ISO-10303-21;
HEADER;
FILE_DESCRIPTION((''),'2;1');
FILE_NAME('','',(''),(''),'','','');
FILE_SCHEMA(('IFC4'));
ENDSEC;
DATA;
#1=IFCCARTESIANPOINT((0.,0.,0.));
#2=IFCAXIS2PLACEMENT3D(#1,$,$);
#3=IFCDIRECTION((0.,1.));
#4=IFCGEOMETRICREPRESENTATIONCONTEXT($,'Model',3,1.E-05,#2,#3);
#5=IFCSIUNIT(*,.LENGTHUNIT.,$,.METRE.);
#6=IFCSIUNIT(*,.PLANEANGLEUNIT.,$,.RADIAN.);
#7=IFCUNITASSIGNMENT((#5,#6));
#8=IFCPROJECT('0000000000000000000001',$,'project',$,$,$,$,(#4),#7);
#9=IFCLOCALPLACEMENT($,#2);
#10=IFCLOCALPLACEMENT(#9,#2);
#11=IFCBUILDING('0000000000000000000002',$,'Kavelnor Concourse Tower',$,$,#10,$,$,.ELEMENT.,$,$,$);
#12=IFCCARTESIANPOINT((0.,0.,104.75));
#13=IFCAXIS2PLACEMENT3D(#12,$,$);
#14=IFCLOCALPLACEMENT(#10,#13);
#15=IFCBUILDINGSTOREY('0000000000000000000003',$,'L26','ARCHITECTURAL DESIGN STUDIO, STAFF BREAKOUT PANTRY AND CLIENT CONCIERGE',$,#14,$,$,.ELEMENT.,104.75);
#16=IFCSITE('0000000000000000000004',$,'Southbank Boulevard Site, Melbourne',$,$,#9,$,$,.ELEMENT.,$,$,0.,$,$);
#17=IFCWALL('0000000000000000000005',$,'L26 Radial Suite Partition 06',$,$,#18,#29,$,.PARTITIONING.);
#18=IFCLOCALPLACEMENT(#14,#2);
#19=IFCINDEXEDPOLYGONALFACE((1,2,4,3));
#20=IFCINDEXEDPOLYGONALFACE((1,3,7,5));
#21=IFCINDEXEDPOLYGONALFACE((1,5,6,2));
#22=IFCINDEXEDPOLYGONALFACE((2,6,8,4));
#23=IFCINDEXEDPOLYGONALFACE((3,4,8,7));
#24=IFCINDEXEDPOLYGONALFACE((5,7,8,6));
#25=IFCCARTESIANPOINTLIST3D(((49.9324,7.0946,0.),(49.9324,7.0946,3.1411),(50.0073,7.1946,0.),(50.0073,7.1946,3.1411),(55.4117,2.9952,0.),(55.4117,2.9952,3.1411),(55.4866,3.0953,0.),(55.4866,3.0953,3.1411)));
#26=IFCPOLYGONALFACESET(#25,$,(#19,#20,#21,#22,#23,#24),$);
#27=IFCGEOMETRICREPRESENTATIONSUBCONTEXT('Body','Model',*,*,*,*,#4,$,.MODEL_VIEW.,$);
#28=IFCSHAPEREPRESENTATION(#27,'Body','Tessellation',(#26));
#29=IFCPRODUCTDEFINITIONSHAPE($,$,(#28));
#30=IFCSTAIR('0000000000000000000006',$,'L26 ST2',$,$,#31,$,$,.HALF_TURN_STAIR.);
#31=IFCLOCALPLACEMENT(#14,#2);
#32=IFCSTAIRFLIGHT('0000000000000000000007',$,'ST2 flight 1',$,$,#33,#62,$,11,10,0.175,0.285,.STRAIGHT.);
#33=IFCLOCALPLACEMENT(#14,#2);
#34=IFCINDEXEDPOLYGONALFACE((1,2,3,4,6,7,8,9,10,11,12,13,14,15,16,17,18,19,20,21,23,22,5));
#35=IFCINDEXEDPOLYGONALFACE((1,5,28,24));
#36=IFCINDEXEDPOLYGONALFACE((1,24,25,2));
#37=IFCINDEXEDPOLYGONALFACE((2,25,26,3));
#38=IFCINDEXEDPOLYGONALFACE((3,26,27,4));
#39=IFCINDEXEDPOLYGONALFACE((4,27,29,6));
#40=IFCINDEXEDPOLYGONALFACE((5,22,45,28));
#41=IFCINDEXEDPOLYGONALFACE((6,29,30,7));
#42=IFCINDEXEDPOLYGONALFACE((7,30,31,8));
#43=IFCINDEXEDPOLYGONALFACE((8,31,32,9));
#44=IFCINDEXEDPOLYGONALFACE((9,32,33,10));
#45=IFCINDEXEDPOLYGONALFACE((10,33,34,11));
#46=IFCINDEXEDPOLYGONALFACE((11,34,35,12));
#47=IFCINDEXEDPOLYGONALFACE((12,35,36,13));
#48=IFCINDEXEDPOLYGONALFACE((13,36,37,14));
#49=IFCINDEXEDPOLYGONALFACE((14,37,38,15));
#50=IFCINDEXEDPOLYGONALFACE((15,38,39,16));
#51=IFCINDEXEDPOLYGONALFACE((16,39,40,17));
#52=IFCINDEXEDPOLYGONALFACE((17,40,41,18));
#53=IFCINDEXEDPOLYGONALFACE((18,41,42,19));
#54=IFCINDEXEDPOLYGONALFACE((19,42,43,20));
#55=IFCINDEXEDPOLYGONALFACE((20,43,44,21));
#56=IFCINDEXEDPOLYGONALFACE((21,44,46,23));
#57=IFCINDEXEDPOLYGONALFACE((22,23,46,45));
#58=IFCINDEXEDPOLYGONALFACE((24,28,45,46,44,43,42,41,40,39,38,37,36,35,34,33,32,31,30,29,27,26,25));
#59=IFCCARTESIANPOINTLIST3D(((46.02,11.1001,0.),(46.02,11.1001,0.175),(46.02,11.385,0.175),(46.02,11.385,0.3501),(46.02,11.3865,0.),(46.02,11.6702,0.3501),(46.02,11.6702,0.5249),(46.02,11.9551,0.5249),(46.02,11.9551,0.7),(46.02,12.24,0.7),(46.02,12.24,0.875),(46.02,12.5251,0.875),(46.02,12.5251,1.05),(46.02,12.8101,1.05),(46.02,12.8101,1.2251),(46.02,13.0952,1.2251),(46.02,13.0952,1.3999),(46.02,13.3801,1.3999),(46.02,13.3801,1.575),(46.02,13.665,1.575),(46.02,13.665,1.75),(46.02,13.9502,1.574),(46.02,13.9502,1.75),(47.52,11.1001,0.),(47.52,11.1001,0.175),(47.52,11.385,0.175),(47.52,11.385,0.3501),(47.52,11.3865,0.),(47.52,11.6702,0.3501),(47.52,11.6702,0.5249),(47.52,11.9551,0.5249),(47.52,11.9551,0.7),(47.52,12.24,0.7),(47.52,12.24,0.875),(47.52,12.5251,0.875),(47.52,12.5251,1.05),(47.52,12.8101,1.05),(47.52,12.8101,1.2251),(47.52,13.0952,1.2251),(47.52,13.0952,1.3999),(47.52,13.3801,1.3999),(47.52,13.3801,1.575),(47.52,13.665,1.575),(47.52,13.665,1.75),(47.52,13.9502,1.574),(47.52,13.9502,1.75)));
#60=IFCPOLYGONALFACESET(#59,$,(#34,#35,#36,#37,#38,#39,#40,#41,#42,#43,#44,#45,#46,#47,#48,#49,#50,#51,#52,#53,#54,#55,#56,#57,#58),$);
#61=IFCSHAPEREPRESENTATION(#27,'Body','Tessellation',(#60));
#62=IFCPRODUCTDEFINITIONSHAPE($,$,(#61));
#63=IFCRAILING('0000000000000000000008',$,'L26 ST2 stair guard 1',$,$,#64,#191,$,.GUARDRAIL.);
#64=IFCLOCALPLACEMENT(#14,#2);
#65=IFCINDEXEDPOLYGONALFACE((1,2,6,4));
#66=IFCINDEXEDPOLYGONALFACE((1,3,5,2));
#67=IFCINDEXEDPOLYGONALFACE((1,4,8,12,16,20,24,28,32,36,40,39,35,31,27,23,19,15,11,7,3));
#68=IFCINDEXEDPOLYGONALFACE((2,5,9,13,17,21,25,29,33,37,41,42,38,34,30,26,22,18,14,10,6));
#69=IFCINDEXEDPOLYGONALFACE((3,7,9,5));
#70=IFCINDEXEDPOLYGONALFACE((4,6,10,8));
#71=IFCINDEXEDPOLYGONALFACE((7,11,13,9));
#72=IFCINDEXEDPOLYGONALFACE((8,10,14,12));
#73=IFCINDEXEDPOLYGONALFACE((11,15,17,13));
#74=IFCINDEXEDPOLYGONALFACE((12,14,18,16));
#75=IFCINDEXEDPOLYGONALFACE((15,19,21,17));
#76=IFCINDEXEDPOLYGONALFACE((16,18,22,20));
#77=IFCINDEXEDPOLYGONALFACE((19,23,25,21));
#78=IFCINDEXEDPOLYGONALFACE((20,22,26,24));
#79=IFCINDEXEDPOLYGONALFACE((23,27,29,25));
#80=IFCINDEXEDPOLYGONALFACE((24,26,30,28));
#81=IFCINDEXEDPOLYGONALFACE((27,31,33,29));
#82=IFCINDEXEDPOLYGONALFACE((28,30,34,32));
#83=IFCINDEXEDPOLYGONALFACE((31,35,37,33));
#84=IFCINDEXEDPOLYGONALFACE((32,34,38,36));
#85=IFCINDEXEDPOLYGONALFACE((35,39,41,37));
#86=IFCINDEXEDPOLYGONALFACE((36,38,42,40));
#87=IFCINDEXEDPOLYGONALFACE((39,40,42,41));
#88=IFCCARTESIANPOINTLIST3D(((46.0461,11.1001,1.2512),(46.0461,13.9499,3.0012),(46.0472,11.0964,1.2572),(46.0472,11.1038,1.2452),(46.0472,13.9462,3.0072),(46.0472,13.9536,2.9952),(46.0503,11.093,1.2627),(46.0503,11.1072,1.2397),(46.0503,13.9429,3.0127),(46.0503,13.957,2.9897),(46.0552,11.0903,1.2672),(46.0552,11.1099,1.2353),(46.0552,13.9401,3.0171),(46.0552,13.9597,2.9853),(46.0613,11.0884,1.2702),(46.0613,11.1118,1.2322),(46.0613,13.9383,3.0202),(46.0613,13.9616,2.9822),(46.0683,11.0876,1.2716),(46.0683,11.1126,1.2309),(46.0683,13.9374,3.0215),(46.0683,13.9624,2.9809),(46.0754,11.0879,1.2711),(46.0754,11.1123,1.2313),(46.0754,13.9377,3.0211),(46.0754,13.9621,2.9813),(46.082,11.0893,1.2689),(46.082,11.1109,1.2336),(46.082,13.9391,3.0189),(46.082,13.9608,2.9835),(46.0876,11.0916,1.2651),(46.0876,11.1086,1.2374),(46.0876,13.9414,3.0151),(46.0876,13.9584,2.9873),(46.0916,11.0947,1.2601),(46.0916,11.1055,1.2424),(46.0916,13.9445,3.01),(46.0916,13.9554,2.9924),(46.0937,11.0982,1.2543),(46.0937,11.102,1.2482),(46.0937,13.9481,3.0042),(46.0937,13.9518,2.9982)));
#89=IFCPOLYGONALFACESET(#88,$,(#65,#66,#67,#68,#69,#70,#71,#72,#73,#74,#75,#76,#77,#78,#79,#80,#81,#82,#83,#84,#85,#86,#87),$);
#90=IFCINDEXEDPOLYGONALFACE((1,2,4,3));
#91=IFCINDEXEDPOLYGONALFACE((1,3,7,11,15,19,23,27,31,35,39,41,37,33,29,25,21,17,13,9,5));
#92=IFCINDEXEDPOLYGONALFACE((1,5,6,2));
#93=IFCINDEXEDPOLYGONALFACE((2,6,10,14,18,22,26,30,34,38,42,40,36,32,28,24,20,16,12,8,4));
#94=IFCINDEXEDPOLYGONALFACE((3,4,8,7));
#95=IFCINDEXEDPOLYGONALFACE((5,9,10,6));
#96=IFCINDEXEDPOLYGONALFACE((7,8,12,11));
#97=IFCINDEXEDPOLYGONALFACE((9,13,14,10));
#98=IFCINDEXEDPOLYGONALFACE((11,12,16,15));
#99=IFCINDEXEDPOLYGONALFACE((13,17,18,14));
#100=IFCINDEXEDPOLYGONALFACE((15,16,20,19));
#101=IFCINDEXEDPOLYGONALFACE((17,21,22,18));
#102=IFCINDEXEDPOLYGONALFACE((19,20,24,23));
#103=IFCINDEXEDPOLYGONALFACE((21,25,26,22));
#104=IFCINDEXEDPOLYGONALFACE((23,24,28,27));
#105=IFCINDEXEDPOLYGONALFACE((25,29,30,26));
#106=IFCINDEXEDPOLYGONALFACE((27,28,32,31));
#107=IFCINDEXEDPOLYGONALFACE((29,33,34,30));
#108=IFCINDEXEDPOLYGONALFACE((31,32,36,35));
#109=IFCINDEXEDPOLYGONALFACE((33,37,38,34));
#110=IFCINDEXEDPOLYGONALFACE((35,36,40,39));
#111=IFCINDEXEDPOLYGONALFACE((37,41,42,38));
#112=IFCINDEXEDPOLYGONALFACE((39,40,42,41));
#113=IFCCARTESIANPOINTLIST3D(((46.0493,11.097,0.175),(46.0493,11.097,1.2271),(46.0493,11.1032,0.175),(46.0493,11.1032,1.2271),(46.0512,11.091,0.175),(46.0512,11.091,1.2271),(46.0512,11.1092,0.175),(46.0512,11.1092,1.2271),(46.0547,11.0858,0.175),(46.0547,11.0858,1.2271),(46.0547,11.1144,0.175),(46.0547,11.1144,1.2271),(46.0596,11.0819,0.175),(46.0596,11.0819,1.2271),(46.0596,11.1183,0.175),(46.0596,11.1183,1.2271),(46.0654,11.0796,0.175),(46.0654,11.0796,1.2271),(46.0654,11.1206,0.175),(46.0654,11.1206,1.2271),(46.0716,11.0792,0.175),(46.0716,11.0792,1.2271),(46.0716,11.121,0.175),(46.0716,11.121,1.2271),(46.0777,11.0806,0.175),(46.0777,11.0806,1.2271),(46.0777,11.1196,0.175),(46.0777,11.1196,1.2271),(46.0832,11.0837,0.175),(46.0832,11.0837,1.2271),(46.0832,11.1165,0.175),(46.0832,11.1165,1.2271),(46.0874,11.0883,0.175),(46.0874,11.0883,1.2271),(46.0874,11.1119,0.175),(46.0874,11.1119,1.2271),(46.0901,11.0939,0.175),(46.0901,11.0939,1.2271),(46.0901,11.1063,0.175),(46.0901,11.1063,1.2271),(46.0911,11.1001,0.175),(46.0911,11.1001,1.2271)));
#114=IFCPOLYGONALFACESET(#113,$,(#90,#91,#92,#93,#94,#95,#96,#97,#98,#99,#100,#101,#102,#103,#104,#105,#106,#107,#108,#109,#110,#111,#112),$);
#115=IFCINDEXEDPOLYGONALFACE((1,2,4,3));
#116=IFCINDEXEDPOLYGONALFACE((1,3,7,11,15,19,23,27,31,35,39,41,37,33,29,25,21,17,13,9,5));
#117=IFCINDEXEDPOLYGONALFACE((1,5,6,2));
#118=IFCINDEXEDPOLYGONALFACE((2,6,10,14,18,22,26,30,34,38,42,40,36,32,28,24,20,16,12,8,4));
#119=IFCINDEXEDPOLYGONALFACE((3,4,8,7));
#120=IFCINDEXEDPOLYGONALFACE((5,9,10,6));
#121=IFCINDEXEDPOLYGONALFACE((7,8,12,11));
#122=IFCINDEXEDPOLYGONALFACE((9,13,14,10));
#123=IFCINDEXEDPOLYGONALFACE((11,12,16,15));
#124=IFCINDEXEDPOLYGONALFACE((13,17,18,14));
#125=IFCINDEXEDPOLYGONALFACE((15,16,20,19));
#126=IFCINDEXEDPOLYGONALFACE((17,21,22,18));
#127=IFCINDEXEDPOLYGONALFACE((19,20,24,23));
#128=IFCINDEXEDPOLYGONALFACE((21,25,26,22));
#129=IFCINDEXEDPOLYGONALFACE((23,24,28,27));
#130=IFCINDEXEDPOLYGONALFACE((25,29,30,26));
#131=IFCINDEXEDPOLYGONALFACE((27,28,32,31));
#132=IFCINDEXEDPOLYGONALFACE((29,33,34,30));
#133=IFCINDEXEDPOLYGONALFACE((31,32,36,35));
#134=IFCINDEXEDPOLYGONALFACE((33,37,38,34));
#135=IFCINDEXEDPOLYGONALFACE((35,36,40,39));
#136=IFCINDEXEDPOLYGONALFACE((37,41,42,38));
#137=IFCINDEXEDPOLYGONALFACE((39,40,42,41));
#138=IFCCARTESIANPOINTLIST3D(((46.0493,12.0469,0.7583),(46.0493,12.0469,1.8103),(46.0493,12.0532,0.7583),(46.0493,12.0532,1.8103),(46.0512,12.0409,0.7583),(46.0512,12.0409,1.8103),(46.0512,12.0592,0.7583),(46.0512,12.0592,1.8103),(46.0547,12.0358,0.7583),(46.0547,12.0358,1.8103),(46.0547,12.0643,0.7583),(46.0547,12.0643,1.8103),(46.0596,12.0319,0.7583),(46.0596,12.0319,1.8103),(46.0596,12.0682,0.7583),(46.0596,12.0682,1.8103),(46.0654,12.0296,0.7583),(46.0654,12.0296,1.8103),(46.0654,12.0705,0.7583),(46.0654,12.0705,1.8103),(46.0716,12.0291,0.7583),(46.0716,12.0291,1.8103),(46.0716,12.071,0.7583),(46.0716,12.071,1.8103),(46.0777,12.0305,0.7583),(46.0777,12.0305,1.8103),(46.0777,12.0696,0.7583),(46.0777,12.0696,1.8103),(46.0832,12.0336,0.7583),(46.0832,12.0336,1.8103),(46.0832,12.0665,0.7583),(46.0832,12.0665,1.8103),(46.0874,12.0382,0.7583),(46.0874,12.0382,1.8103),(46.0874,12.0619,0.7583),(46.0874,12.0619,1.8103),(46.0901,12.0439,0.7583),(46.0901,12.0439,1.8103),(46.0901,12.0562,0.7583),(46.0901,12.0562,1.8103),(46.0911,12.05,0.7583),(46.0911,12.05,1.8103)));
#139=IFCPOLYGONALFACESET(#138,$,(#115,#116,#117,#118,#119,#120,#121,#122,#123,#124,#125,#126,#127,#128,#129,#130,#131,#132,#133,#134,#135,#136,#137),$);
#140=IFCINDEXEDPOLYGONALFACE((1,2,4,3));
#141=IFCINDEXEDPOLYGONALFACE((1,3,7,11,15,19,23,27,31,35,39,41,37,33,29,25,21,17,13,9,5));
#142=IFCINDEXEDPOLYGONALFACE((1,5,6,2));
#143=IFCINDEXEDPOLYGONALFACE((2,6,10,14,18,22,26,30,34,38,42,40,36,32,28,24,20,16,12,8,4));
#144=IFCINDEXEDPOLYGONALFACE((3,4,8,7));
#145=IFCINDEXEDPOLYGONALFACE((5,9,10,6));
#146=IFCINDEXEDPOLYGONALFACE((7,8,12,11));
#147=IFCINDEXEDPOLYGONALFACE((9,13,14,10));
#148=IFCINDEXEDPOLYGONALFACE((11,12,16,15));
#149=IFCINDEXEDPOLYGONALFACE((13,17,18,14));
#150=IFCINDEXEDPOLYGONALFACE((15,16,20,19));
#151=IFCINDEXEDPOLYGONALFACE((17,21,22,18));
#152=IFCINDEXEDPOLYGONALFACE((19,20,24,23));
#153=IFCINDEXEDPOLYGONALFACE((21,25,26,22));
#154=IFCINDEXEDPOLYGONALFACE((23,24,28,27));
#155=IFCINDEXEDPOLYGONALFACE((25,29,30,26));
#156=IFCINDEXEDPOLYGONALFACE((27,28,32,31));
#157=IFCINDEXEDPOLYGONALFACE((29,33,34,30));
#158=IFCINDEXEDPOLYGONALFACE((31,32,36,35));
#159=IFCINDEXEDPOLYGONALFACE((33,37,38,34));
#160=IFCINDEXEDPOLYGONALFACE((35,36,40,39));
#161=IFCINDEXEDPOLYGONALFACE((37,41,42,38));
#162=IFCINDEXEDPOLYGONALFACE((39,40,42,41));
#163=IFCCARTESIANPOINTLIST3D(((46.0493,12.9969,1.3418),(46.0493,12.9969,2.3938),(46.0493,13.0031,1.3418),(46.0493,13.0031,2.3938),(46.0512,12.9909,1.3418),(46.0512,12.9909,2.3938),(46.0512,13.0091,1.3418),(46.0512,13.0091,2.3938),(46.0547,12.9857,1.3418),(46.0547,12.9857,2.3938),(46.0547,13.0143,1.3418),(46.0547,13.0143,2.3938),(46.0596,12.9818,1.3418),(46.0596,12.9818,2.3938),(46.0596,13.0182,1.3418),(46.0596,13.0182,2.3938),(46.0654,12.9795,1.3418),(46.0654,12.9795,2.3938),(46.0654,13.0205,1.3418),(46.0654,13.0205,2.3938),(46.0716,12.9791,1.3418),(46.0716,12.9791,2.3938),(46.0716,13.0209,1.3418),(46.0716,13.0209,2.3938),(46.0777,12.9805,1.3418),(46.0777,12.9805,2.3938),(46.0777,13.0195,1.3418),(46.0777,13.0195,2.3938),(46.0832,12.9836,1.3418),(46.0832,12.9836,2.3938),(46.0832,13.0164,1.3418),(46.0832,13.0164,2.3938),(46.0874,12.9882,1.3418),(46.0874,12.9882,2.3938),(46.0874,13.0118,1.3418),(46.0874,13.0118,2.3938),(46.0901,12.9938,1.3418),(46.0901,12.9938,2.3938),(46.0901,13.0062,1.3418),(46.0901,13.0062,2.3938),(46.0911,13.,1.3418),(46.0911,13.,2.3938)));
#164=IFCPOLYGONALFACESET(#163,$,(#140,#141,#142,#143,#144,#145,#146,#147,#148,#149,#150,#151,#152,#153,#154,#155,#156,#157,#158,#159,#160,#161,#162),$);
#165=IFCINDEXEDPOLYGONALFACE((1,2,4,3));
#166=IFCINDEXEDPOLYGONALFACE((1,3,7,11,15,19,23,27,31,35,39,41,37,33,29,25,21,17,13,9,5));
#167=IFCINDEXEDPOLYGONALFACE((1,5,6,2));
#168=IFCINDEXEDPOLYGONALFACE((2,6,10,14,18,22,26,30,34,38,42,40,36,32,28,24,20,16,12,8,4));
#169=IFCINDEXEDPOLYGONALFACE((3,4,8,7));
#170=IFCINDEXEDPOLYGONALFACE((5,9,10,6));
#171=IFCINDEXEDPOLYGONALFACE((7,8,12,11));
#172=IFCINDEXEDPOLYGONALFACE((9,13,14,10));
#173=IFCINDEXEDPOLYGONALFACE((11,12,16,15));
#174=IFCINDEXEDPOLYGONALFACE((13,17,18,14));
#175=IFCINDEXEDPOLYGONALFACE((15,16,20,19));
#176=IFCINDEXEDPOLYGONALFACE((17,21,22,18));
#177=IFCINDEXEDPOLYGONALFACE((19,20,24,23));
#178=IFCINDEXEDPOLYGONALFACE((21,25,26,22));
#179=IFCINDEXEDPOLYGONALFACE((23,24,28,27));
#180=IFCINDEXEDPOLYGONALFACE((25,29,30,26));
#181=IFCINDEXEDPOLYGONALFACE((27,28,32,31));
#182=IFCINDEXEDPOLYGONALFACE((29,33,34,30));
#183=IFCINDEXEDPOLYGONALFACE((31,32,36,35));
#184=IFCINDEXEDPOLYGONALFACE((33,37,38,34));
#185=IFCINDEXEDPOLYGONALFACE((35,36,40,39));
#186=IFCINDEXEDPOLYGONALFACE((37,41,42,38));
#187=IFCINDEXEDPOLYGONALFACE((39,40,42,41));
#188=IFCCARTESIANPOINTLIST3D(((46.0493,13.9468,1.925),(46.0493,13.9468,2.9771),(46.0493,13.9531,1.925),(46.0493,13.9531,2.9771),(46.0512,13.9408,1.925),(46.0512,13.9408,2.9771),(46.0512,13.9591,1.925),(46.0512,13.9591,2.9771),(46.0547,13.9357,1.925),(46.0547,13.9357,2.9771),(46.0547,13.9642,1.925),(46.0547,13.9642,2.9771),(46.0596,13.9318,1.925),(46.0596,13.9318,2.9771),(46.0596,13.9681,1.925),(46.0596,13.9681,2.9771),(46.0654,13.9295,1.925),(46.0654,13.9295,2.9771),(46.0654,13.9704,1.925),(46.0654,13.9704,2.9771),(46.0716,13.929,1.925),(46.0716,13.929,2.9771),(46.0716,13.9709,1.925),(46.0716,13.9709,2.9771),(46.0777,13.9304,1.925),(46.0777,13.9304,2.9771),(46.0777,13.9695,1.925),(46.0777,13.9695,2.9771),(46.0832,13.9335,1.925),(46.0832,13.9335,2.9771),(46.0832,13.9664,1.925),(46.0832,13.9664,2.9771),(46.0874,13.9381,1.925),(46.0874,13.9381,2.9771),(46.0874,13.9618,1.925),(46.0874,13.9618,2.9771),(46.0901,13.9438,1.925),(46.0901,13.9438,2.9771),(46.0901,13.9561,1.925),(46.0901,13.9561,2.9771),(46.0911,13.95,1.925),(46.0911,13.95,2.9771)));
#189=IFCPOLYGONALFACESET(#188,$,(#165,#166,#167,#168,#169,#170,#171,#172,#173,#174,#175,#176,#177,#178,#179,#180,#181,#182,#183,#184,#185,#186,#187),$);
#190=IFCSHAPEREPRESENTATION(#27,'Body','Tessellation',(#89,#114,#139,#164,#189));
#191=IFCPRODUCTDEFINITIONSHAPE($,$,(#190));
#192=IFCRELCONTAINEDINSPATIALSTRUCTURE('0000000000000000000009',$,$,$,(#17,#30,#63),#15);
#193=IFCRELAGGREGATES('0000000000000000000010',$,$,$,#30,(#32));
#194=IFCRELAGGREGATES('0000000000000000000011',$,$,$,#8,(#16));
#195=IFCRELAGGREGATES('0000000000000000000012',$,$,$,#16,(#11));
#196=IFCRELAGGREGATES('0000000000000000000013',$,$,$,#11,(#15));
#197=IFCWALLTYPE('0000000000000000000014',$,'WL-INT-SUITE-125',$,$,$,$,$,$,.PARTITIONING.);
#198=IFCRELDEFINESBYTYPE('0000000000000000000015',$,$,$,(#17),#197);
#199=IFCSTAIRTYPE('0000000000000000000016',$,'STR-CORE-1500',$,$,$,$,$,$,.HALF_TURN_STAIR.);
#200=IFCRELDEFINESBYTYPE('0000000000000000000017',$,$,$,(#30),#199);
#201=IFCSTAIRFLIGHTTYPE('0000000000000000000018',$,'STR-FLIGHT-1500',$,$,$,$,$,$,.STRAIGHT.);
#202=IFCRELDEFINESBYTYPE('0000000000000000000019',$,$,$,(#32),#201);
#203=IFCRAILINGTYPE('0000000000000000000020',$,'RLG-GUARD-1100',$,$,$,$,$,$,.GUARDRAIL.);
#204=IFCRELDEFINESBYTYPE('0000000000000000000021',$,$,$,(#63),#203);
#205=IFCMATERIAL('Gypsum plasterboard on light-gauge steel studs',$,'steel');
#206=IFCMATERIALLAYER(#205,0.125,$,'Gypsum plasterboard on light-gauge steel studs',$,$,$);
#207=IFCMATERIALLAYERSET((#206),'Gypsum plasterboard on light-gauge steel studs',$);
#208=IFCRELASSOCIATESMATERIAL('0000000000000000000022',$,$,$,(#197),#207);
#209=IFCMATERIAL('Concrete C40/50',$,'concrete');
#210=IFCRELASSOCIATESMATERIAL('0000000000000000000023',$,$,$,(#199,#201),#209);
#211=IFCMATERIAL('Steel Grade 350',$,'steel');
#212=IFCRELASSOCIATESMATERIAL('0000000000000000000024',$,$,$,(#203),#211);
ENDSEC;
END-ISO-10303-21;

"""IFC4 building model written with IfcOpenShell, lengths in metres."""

from ifc_helpers import new_model, si_unit, direction, frame, frame_2d, origin, origin_2d, place, context, subcontext, project, spatial, polyline, rectangle, circle, outline, extrude, material, layer, layer_set, type_object, element, aggregate, save


model = new_model("IFC4")

# Units and contexts
model_context = context("Model", 3, precision=1e-05, world=origin(), true_north=direction((0.0, 1.0)))
body_context = subcontext(model_context, "Body", "Model", "MODEL_VIEW")
ifc_project = project(units=[si_unit("LENGTHUNIT", "METRE"), si_unit("PLANEANGLEUNIT", "RADIAN")], contexts=[model_context])

# Site, building, storey
site_placement = place(None, origin())
site = spatial("IfcSite", under=ifc_project, at=site_placement, Name="Southbank Boulevard Site, Melbourne", CompositionType="ELEMENT", RefElevation=0.0)
building_placement = place(site_placement, origin())
building = spatial("IfcBuilding", under=site, at=building_placement, Name="Kavelnor Concourse Tower", CompositionType="ELEMENT")
storey_placement = place(building_placement, frame((0.0, 0.0, 104.75)))
storey = spatial("IfcBuildingStorey", under=building, at=storey_placement, Name="L26", Description="ARCHITECTURAL DESIGN STUDIO, STAFF BREAKOUT PANTRY AND CLIENT CONCIERGE", CompositionType="ELEMENT", Elevation=104.75)

# Shared definitions
ifc_material_1 = material(Name="Steel Grade 350", Category="steel")

# Shared definitions
ifc_material_2 = material(Name="Gypsum plasterboard on light-gauge steel studs", Category="steel")

# Wall
ifc_layer_1 = layer(ifc_material_2, 0.125, Name="Gypsum plasterboard on light-gauge steel studs")
ifc_layer_set_1 = layer_set([ifc_layer_1], Name="Gypsum plasterboard on light-gauge steel studs")
wall_type_1 = type_object("IfcWallType", Name="WL-INT-SUITE-125", PredefinedType="PARTITIONING", material=ifc_layer_set_1)
wall_1_placement = place(storey_placement, frame((49.97, 7.1445, 0.0), z_axis=(0.0, 0.0, 1.0), x_axis=(0.800706, -0.599058, 0.0)))
element("IfcWall", 1, at=wall_1_placement, inside=storey, type_object=wall_type_1, Name="L26 Radial Suite Partition 06", PredefinedType="PARTITIONING", context=body_context, shape_type="SweptSolid", body=[
    extrude(rectangle(XDim=6.843, YDim=0.125, at=frame_2d((3.4214, 0.0))), origin(), (0.0, 0.0, 1.0), 3.1411),
])

# Stair, stair flight
ifc_material_3 = material(Name="Concrete C40/50", Category="concrete")
stair_type = type_object("IfcStairType", Name="STR-CORE-1500", PredefinedType="HALF_TURN_STAIR", material=ifc_material_3)
stair_placement = place(storey_placement, origin())
stair = element("IfcStair", 2, at=stair_placement, inside=storey, type_object=stair_type, Name="L26 ST2", PredefinedType="HALF_TURN_STAIR")
stair_flight_type = type_object("IfcStairFlightType", Name="STR-FLIGHT-1500", PredefinedType="STRAIGHT", material=ifc_material_3)
stair_flight_placement = place(storey_placement, frame((46.77, 11.1001, 0.0), z_axis=(0.0, 0.0, 1.0), x_axis=(0.0, 1.0, 0.0)))
stair_flight = element("IfcStairFlight", 3, at=stair_flight_placement, type_object=stair_flight_type, Name="ST2 flight 1", NumberOfRisers=11, NumberOfTreads=10, PredefinedType="STRAIGHT", RiserHeight=0.175, TreadLength=0.285, context=body_context, shape_type="SweptSolid", body=[
    extrude(outline(polyline([(0.0, 0.0), (0.0, 0.175), (0.2849, 0.175), (0.2849, 0.3501), (0.5701, 0.3501), (0.5701, 0.5249), (0.855, 0.5249), (0.855, 0.7), (1.1399, 0.7), (1.1399, 0.875), (1.425, 0.875), (1.425, 1.05), (1.71, 1.05), (1.71, 1.2251), (1.9951, 1.2251), (1.9951, 1.3999), (2.28, 1.3999), (2.28, 1.575), (2.5649, 1.575), (2.5649, 1.75), (2.8501, 1.75), (2.8501, 1.925), (2.8501, 1.574), (0.2864, 0.0), (0.0, 0.0)])), frame((0.0, 0.75, 0.0), z_axis=(0.0, -1.0, 0.0), x_axis=(1.0, 0.0, 0.0)), (0.0, 0.0, 1.0), 1.5),
])
aggregate(stair, [stair_flight])

# Railing
railing_type_1 = type_object("IfcRailingType", Name="RLG-GUARD-1100", PredefinedType="GUARDRAIL", material=ifc_material_1)
railing_1_placement = place(storey_placement, frame((46.0701, 11.1001, 0.175)))
element("IfcRailing", 4, at=railing_1_placement, inside=storey, type_object=railing_type_1, Name="L26 ST2 stair guard 1", PredefinedType="GUARDRAIL", context=body_context, shape_type="SweptSolid", body=[
    extrude(circle(Radius=0.0239, at=origin_2d()), frame((0.0, 0.0, 1.0762), z_axis=(0.0, 0.852159, 0.523283), x_axis=(-1.0, 0.0, 0.0)), (0.0, 0.0, 1.0), 3.3442),
    extrude(circle(Radius=0.021, at=origin_2d()), origin(), (0.0, 0.0, 1.0), 1.052),
    extrude(circle(Radius=0.021, at=origin_2d()), frame((0.0, 0.95, 0.5833)), (0.0, 0.0, 1.0), 1.052),
    extrude(circle(Radius=0.021, at=origin_2d()), frame((0.0, 1.8999, 1.1667)), (0.0, 0.0, 1.0), 1.052),
    extrude(circle(Radius=0.021, at=origin_2d()), frame((0.0, 2.8499, 1.75)), (0.0, 0.0, 1.0), 1.052),
])

save(model, "model.ifc")
